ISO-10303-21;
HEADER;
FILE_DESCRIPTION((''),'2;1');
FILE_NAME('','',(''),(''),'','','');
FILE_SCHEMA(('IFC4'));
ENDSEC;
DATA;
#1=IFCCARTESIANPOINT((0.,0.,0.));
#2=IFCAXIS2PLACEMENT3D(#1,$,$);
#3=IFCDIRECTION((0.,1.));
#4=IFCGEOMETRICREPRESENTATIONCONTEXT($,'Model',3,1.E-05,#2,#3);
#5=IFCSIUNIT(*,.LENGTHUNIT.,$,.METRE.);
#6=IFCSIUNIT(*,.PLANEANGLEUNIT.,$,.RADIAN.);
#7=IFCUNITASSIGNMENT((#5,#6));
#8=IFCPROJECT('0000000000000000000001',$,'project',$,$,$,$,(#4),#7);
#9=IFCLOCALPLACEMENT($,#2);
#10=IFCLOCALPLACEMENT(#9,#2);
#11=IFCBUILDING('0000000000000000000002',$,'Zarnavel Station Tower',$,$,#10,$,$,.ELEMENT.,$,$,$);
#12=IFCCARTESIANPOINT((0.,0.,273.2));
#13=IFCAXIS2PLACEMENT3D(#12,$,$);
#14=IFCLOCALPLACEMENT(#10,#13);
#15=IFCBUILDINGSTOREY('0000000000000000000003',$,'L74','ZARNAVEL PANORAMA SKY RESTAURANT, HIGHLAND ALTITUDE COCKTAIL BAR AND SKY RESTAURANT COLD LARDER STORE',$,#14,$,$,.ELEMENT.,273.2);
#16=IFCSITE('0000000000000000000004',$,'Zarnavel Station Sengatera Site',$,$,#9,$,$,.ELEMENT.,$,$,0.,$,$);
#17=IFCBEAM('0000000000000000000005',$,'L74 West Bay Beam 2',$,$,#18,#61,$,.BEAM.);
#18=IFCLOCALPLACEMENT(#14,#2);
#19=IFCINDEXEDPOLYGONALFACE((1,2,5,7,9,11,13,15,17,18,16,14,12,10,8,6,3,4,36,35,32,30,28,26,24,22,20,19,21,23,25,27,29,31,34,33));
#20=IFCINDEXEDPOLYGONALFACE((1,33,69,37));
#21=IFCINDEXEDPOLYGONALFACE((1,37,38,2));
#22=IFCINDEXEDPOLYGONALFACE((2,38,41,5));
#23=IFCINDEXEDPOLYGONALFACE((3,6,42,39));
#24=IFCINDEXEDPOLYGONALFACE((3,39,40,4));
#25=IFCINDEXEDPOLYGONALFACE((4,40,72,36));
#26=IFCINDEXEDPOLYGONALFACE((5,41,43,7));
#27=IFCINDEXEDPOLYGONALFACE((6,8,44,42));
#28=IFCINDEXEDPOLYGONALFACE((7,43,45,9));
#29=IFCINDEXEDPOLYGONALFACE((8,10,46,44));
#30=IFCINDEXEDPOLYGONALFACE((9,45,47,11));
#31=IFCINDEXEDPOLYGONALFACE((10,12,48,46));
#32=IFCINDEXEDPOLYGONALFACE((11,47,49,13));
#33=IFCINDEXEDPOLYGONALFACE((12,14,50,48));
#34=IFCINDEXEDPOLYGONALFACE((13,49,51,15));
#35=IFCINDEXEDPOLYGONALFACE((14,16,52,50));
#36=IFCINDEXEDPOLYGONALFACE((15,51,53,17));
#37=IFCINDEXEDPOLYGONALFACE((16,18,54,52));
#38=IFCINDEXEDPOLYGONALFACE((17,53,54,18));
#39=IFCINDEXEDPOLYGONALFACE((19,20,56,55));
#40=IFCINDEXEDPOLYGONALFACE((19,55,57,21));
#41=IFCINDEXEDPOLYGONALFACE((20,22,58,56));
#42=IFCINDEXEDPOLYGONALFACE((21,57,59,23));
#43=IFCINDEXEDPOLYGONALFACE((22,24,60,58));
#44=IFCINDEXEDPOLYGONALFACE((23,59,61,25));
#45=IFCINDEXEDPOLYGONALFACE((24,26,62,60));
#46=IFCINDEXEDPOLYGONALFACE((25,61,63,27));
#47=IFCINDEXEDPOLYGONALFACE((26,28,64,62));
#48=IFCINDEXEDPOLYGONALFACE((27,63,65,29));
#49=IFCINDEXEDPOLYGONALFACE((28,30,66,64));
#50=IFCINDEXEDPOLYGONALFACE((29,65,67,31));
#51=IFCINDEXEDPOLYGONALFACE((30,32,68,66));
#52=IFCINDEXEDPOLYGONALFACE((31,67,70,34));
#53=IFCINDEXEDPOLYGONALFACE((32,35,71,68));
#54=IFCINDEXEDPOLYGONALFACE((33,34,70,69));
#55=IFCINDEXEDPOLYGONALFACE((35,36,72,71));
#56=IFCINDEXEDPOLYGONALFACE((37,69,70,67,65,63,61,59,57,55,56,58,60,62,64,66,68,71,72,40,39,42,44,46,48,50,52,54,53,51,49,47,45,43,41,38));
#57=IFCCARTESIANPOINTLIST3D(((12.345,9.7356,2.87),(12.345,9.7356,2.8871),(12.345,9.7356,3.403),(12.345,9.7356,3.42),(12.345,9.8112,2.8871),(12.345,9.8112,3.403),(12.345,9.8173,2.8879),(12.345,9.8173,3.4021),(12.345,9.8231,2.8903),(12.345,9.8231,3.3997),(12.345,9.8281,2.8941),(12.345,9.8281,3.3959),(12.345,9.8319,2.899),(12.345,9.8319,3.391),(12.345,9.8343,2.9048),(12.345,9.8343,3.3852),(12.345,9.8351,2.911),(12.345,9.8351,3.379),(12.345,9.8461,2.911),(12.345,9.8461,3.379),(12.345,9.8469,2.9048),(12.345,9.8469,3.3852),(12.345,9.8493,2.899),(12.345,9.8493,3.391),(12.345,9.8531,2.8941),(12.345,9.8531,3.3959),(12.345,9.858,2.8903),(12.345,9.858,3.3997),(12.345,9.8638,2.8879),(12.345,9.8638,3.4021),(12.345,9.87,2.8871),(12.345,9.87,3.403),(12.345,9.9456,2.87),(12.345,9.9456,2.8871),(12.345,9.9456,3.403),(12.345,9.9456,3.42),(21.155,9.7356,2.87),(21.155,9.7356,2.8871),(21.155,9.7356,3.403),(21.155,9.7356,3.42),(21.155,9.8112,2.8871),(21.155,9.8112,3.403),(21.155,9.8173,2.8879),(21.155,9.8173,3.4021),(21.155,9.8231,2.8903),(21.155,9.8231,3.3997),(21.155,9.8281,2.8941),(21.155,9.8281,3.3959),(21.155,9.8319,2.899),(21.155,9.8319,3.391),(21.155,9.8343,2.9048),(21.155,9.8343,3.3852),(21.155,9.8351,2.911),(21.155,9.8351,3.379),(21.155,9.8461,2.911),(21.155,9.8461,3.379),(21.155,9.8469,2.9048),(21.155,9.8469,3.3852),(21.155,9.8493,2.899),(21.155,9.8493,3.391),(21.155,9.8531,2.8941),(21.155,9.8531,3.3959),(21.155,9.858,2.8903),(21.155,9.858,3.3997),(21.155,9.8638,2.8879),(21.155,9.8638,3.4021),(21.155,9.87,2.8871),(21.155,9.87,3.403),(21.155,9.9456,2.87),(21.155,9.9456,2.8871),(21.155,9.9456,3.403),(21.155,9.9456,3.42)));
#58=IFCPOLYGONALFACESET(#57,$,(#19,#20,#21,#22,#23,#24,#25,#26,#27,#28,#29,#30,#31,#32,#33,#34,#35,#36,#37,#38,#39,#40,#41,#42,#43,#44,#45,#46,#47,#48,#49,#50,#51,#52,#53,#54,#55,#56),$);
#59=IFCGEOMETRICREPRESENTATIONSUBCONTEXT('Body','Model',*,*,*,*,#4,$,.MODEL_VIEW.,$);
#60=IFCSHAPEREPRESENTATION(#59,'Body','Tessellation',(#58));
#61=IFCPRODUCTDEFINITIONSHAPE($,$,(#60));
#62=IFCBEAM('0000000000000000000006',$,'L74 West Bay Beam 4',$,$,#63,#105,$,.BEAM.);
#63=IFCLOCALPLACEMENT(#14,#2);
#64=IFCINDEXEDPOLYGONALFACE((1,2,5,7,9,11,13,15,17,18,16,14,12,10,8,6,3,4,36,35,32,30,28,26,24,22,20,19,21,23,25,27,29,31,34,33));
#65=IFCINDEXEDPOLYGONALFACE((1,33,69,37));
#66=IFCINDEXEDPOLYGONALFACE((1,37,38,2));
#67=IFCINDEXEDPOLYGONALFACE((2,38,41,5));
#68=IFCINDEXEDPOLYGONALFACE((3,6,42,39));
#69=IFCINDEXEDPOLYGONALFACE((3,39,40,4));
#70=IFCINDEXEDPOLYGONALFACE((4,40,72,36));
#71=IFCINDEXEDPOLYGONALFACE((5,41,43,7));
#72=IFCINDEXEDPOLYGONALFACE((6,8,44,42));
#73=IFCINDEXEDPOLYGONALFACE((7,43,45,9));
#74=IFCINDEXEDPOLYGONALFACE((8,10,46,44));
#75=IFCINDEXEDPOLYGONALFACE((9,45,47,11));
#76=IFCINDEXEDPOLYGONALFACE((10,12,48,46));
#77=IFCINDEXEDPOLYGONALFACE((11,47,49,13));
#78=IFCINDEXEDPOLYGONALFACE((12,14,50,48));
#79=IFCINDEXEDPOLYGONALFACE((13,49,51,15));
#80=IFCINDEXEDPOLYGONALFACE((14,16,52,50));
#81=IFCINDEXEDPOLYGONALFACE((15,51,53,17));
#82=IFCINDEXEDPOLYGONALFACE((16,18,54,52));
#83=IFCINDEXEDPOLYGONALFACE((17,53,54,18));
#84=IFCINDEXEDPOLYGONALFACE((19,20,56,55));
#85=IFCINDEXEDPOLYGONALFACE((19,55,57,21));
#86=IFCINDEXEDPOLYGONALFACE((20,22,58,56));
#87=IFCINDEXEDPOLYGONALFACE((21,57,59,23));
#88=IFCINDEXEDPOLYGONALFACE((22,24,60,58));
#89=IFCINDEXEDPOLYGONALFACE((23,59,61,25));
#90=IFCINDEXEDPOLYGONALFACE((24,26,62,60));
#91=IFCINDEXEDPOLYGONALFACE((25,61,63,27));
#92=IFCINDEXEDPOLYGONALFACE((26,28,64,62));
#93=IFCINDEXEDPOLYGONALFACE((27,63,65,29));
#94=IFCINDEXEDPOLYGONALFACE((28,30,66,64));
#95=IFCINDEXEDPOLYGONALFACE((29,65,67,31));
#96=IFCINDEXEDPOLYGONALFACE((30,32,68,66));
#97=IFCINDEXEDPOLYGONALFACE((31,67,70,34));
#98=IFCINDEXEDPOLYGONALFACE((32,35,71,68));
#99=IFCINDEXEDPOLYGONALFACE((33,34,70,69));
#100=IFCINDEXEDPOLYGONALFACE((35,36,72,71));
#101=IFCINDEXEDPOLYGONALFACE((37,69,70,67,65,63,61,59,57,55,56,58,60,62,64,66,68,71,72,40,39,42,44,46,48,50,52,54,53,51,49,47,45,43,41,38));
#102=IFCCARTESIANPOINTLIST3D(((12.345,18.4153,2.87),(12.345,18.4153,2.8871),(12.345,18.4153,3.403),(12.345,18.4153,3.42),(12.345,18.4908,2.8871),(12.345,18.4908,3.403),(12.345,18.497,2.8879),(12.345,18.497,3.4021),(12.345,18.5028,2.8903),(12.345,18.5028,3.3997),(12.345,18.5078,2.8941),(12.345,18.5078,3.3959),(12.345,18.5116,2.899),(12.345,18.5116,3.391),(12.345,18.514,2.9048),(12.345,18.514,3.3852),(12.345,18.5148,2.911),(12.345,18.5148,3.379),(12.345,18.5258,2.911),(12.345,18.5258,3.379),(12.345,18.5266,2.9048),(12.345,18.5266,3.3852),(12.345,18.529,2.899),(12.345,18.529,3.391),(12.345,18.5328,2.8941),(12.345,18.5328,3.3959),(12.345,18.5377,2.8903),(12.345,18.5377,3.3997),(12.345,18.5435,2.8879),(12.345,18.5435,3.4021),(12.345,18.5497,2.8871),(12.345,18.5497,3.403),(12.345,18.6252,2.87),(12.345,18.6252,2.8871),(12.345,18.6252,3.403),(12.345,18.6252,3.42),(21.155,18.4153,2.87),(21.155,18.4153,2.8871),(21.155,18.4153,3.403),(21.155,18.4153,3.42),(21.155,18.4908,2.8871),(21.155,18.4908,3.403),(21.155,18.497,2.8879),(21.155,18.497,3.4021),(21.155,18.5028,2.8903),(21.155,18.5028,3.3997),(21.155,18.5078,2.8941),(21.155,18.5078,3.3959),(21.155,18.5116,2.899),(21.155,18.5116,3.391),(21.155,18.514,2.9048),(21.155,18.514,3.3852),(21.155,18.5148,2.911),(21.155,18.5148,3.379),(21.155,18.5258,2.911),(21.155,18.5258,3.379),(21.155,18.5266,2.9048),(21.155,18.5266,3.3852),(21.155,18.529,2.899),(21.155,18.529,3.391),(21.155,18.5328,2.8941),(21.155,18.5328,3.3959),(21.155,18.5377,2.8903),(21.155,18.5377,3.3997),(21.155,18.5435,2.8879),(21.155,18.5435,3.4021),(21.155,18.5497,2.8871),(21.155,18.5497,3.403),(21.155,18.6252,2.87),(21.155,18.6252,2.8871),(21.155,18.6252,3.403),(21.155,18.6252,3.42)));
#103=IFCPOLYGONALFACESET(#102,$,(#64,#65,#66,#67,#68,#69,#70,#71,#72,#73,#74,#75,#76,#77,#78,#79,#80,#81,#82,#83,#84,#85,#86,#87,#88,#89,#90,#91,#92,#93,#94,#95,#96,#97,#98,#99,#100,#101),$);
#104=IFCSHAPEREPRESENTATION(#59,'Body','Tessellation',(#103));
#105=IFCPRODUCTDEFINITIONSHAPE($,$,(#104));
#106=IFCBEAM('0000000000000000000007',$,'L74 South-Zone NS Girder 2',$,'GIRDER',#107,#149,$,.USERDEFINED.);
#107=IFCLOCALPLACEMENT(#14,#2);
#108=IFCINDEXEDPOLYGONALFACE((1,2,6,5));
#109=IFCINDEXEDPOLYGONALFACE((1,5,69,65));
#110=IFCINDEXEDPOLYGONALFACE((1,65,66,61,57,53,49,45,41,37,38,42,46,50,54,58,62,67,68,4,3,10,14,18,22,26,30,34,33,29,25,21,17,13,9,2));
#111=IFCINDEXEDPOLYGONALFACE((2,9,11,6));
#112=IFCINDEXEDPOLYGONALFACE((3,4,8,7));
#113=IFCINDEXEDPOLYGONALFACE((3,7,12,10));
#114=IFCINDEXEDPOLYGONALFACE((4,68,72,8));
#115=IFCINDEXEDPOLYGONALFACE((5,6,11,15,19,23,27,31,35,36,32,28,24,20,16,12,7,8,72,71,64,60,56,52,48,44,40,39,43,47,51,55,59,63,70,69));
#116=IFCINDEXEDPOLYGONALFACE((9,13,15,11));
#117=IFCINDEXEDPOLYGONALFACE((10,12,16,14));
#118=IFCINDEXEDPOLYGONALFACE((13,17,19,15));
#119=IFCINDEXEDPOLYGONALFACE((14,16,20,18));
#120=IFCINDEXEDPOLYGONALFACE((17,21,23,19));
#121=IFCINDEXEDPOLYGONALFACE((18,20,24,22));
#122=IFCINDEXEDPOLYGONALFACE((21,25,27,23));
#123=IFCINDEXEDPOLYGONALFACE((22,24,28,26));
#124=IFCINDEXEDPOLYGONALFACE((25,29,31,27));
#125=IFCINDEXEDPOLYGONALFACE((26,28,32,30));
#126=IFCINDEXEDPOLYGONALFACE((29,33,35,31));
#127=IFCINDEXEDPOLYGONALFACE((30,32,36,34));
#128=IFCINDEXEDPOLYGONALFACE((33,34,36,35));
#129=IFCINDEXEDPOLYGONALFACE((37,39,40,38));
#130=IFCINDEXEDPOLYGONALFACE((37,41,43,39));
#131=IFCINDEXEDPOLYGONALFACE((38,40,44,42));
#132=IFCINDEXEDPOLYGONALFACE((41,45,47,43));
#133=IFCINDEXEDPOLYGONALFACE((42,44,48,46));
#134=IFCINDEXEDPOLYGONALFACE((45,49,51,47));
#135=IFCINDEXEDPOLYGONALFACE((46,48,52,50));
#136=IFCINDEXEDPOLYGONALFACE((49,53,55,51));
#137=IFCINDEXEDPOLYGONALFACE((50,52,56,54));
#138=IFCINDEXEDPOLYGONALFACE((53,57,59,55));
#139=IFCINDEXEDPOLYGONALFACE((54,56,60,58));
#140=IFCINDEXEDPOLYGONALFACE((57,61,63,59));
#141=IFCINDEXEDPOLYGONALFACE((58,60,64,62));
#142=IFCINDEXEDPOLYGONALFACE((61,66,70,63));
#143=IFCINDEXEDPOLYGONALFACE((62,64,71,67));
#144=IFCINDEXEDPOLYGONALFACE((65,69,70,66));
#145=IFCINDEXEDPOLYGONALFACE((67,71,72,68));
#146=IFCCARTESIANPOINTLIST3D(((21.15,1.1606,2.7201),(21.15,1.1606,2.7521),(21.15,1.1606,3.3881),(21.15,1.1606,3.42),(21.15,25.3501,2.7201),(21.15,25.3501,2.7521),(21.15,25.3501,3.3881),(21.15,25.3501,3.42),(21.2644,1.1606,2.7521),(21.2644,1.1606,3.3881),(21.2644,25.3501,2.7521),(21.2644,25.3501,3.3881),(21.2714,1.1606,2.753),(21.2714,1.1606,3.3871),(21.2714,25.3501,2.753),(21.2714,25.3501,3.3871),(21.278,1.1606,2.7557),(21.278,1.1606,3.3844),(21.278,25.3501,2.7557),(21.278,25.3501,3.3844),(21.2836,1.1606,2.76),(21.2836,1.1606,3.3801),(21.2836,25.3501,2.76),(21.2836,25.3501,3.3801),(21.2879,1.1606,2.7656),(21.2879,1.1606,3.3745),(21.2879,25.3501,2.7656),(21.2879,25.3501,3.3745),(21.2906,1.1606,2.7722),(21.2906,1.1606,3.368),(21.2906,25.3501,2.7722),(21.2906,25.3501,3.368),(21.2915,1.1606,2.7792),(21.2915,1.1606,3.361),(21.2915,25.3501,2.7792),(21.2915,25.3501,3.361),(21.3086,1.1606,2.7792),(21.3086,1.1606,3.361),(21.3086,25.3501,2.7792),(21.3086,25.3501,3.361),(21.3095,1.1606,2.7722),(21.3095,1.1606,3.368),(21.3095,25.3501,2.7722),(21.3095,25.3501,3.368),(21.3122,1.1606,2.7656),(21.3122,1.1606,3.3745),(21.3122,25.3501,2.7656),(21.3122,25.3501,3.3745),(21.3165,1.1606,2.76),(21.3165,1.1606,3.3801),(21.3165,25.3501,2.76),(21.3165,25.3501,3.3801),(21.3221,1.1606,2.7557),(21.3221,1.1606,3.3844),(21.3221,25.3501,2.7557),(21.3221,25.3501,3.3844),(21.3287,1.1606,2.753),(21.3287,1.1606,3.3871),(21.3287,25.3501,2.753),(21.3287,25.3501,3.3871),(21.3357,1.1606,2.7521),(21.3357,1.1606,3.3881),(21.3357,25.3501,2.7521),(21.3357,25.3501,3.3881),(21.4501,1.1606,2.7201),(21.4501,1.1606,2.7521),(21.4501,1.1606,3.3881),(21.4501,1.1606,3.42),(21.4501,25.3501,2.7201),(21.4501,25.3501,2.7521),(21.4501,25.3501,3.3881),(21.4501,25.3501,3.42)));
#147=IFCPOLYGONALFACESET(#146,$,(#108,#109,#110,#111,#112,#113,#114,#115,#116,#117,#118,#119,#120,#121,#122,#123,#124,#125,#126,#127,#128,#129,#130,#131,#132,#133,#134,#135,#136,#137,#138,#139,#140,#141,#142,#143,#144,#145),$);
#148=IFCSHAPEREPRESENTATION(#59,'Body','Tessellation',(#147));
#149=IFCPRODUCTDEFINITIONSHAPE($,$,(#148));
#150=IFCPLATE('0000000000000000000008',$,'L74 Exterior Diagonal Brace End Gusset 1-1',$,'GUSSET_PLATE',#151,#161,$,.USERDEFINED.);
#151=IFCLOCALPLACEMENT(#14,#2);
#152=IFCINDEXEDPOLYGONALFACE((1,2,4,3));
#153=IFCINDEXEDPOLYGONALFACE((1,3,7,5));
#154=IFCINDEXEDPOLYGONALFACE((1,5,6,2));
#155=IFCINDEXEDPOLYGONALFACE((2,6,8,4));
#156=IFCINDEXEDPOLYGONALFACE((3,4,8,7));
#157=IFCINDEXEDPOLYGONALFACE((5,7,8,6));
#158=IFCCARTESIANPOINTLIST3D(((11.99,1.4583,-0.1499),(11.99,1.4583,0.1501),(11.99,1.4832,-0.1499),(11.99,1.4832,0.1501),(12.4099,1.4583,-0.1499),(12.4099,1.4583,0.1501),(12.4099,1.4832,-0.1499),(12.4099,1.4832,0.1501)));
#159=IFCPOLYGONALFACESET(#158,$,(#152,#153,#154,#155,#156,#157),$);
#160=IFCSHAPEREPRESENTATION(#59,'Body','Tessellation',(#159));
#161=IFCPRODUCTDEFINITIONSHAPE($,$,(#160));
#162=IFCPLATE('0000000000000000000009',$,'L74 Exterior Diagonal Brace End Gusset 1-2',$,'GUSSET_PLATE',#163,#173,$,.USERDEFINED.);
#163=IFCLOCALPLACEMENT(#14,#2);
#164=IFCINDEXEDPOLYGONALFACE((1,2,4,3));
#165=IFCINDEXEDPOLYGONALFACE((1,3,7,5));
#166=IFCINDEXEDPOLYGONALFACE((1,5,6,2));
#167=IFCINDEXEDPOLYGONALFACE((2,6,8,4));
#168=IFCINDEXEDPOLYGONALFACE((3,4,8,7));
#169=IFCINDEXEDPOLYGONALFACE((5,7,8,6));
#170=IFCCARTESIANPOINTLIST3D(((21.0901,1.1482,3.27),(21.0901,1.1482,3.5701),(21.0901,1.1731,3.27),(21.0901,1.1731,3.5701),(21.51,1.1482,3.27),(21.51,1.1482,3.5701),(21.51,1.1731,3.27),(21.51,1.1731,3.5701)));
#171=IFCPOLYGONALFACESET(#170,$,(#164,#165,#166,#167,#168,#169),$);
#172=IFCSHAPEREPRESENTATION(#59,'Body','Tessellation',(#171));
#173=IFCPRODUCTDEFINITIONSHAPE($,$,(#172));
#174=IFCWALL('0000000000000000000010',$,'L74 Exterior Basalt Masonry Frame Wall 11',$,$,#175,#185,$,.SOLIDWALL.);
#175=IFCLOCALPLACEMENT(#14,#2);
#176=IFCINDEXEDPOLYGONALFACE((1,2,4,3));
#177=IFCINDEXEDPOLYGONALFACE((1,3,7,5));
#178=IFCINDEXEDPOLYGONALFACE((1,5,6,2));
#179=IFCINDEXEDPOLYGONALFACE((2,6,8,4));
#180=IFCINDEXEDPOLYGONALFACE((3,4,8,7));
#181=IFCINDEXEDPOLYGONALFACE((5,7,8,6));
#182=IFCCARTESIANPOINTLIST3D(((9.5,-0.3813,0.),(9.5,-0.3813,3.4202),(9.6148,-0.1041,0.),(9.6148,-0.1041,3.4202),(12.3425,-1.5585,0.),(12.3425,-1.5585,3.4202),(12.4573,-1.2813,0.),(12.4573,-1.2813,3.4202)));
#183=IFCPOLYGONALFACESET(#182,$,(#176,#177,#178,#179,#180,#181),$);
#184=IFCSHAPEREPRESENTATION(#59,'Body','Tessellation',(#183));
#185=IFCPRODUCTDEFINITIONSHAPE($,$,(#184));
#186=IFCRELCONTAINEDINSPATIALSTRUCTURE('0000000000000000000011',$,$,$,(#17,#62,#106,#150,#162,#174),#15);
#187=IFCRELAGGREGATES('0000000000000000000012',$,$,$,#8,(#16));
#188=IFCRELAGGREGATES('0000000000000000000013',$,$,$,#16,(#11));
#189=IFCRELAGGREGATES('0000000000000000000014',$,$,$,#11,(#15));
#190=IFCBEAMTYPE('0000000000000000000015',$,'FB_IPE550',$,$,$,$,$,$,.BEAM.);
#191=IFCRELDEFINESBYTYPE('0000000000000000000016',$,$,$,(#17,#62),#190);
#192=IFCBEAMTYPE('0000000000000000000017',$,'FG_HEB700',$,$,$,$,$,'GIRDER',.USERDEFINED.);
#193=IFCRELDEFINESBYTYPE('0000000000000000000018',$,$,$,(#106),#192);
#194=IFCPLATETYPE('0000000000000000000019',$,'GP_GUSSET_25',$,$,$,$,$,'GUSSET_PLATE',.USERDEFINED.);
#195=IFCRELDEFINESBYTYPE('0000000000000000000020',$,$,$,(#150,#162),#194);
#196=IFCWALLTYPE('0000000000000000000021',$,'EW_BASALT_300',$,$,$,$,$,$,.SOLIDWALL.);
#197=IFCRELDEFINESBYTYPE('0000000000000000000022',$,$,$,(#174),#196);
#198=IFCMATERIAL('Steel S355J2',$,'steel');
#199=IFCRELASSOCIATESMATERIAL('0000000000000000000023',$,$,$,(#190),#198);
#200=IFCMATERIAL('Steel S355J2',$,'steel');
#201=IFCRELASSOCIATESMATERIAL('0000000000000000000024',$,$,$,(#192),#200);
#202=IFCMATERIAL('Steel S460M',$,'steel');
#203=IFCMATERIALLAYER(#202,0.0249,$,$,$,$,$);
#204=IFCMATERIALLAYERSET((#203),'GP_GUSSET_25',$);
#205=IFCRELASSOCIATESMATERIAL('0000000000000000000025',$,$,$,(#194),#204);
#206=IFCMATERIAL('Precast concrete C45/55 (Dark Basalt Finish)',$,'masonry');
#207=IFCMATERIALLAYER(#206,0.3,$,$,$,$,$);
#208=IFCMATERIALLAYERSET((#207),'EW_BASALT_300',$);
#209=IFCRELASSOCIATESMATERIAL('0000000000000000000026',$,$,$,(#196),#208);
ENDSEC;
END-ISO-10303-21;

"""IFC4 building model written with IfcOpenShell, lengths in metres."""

from ifc_helpers import new_model, si_unit, direction, frame, frame_2d, origin, origin_2d, place, context, subcontext, project, spatial, rectangle, i_section, extrude, material, layer, layer_set, material_profile, profile_set, type_object, element, save


model = new_model("IFC4")

# Units and contexts
model_context = context("Model", 3, precision=1e-05, world=origin(), true_north=direction((0.0, 1.0)))
body_context = subcontext(model_context, "Body", "Model", "MODEL_VIEW")
ifc_project = project(units=[si_unit("LENGTHUNIT", "METRE"), si_unit("PLANEANGLEUNIT", "RADIAN")], contexts=[model_context])

# Site, building, storey
site_placement = place(None, origin())
site = spatial("IfcSite", under=ifc_project, at=site_placement, Name="Zarnavel Station Sengatera Site", CompositionType="ELEMENT", RefElevation=0.0)
building_placement = place(site_placement, origin())
building = spatial("IfcBuilding", under=site, at=building_placement, Name="Zarnavel Station Tower", CompositionType="ELEMENT")
storey_placement = place(building_placement, frame((0.0, 0.0, 273.2)))
storey = spatial("IfcBuildingStorey", under=building, at=storey_placement, Name="L74", Description="ZARNAVEL PANORAMA SKY RESTAURANT, HIGHLAND ALTITUDE COCKTAIL BAR AND SKY RESTAURANT COLD LARDER STORE", CompositionType="ELEMENT", Elevation=273.2)

# Beams
ifc_material_1 = material(Name="Steel S355J2", Category="steel")
ifc_material_profile_1 = material_profile(ifc_material_1, i_section(OverallWidth=0.21, OverallDepth=0.55, WebThickness=0.011, FlangeThickness=0.0171, FilletRadius=0.0239, at=origin_2d()), Name="IPE550")
ifc_profile_set_1 = profile_set([ifc_material_profile_1], Name="Steel S355J2")
beam_type_1 = type_object("IfcBeamType", Name="FB_IPE550", PredefinedType="BEAM", material=ifc_profile_set_1)
for number, where, z_axis, x_axis, name in (
    (1, (12.345, 9.8406, 3.145), (1.0, 0.0, 0.0), (0.0, 1.0, 0.0), "L74 West Bay Beam 2"),
    (2, (12.345, 18.5203, 3.145), (1.0, 0.0, 0.0), (0.0, 1.0, 0.0), "L74 West Bay Beam 4"),
):
    element("IfcBeam", number, at=place(storey_placement, frame(where, z_axis=z_axis, x_axis=x_axis)), inside=storey, type_object=beam_type_1, Name=name, PredefinedType="BEAM", context=body_context, shape_type="SweptSolid", body=[
        extrude(i_section(OverallWidth=0.21, OverallDepth=0.55, WebThickness=0.011, FlangeThickness=0.0171, FilletRadius=0.0239, at=origin_2d()), origin(), (0.0, 0.0, 1.0), 8.8101),
    ])
ifc_material_2 = material(Name="Steel S355J2", Category="steel")
ifc_material_profile_2 = material_profile(ifc_material_2, i_section(OverallWidth=0.3, OverallDepth=0.7, WebThickness=0.0171, FlangeThickness=0.032, FilletRadius=0.0271, at=origin_2d()), Name="HEB700")
ifc_profile_set_2 = profile_set([ifc_material_profile_2], Name="Steel S355J2")
beam_type_2 = type_object("IfcBeamType", Name="FG_HEB700", ElementType="GIRDER", PredefinedType="USERDEFINED", material=ifc_profile_set_2)
beam_1_placement = place(storey_placement, frame((21.3, 1.1606, 3.0701), z_axis=(0.0, 1.0, 0.0), x_axis=(-1.0, 0.0, 0.0)))
element("IfcBeam", 3, at=beam_1_placement, inside=storey, type_object=beam_type_2, Name="L74 South-Zone NS Girder 2", ObjectType="GIRDER", PredefinedType="USERDEFINED", context=body_context, shape_type="SweptSolid", body=[
    extrude(i_section(OverallWidth=0.3, OverallDepth=0.7, WebThickness=0.0171, FlangeThickness=0.032, FilletRadius=0.0271, at=origin_2d()), origin(), (0.0, 0.0, 1.0), 24.1895),
])

# Plates
ifc_material_3 = material(Name="Steel S460M", Category="steel")
ifc_layer_1 = layer(ifc_material_3, 0.0249)
ifc_layer_set_1 = layer_set([ifc_layer_1], Name="GP_GUSSET_25")
plate_type = type_object("IfcPlateType", Name="GP_GUSSET_25", ElementType="GUSSET_PLATE", PredefinedType="USERDEFINED", material=ifc_layer_set_1)
for number, where, z_axis, x_axis, name in (
    (4, (12.2, 1.4707, -0.1499), (0.0, 0.0, 1.0), (1.0, 0.0, 0.0), "L74 Exterior Diagonal Brace End Gusset 1-1"),
    (5, (21.3, 1.1606, 3.27), (0.0, 0.0, 1.0), (1.0, 0.0, 0.0), "L74 Exterior Diagonal Brace End Gusset 1-2"),
):
    element("IfcPlate", number, at=place(storey_placement, frame(where, z_axis=z_axis, x_axis=x_axis)), inside=storey, type_object=plate_type, Name=name, ObjectType="GUSSET_PLATE", PredefinedType="USERDEFINED", context=body_context, shape_type="SweptSolid", body=[
        extrude(rectangle(XDim=0.4199, YDim=0.0249, at=origin_2d()), origin(), (0.0, 0.0, 1.0), 0.3),
    ])

# Wall
ifc_material_4 = material(Name="Precast concrete C45/55 (Dark Basalt Finish)", Category="masonry")
ifc_layer_2 = layer(ifc_material_4, 0.3)
ifc_layer_set_2 = layer_set([ifc_layer_2], Name="EW_BASALT_300")
wall_type_1 = type_object("IfcWallType", Name="EW_BASALT_300", PredefinedType="SOLIDWALL", material=ifc_layer_set_2)
wall_1_placement = place(storey_placement, frame((12.3999, -1.4199, 0.0), z_axis=(0.0, 0.0, 1.0), x_axis=(-0.923899, 0.382637, 0.0)))
element("IfcWall", 6, at=wall_1_placement, inside=storey, type_object=wall_type_1, Name="L74 Exterior Basalt Masonry Frame Wall 11", PredefinedType="SOLIDWALL", context=body_context, shape_type="SweptSolid", body=[
    extrude(rectangle(XDim=3.0767, YDim=0.3, at=frame_2d((1.5383, 0.0))), origin(), (0.0, 0.0, 1.0), 3.4202),
])

save(model, "model.ifc")
